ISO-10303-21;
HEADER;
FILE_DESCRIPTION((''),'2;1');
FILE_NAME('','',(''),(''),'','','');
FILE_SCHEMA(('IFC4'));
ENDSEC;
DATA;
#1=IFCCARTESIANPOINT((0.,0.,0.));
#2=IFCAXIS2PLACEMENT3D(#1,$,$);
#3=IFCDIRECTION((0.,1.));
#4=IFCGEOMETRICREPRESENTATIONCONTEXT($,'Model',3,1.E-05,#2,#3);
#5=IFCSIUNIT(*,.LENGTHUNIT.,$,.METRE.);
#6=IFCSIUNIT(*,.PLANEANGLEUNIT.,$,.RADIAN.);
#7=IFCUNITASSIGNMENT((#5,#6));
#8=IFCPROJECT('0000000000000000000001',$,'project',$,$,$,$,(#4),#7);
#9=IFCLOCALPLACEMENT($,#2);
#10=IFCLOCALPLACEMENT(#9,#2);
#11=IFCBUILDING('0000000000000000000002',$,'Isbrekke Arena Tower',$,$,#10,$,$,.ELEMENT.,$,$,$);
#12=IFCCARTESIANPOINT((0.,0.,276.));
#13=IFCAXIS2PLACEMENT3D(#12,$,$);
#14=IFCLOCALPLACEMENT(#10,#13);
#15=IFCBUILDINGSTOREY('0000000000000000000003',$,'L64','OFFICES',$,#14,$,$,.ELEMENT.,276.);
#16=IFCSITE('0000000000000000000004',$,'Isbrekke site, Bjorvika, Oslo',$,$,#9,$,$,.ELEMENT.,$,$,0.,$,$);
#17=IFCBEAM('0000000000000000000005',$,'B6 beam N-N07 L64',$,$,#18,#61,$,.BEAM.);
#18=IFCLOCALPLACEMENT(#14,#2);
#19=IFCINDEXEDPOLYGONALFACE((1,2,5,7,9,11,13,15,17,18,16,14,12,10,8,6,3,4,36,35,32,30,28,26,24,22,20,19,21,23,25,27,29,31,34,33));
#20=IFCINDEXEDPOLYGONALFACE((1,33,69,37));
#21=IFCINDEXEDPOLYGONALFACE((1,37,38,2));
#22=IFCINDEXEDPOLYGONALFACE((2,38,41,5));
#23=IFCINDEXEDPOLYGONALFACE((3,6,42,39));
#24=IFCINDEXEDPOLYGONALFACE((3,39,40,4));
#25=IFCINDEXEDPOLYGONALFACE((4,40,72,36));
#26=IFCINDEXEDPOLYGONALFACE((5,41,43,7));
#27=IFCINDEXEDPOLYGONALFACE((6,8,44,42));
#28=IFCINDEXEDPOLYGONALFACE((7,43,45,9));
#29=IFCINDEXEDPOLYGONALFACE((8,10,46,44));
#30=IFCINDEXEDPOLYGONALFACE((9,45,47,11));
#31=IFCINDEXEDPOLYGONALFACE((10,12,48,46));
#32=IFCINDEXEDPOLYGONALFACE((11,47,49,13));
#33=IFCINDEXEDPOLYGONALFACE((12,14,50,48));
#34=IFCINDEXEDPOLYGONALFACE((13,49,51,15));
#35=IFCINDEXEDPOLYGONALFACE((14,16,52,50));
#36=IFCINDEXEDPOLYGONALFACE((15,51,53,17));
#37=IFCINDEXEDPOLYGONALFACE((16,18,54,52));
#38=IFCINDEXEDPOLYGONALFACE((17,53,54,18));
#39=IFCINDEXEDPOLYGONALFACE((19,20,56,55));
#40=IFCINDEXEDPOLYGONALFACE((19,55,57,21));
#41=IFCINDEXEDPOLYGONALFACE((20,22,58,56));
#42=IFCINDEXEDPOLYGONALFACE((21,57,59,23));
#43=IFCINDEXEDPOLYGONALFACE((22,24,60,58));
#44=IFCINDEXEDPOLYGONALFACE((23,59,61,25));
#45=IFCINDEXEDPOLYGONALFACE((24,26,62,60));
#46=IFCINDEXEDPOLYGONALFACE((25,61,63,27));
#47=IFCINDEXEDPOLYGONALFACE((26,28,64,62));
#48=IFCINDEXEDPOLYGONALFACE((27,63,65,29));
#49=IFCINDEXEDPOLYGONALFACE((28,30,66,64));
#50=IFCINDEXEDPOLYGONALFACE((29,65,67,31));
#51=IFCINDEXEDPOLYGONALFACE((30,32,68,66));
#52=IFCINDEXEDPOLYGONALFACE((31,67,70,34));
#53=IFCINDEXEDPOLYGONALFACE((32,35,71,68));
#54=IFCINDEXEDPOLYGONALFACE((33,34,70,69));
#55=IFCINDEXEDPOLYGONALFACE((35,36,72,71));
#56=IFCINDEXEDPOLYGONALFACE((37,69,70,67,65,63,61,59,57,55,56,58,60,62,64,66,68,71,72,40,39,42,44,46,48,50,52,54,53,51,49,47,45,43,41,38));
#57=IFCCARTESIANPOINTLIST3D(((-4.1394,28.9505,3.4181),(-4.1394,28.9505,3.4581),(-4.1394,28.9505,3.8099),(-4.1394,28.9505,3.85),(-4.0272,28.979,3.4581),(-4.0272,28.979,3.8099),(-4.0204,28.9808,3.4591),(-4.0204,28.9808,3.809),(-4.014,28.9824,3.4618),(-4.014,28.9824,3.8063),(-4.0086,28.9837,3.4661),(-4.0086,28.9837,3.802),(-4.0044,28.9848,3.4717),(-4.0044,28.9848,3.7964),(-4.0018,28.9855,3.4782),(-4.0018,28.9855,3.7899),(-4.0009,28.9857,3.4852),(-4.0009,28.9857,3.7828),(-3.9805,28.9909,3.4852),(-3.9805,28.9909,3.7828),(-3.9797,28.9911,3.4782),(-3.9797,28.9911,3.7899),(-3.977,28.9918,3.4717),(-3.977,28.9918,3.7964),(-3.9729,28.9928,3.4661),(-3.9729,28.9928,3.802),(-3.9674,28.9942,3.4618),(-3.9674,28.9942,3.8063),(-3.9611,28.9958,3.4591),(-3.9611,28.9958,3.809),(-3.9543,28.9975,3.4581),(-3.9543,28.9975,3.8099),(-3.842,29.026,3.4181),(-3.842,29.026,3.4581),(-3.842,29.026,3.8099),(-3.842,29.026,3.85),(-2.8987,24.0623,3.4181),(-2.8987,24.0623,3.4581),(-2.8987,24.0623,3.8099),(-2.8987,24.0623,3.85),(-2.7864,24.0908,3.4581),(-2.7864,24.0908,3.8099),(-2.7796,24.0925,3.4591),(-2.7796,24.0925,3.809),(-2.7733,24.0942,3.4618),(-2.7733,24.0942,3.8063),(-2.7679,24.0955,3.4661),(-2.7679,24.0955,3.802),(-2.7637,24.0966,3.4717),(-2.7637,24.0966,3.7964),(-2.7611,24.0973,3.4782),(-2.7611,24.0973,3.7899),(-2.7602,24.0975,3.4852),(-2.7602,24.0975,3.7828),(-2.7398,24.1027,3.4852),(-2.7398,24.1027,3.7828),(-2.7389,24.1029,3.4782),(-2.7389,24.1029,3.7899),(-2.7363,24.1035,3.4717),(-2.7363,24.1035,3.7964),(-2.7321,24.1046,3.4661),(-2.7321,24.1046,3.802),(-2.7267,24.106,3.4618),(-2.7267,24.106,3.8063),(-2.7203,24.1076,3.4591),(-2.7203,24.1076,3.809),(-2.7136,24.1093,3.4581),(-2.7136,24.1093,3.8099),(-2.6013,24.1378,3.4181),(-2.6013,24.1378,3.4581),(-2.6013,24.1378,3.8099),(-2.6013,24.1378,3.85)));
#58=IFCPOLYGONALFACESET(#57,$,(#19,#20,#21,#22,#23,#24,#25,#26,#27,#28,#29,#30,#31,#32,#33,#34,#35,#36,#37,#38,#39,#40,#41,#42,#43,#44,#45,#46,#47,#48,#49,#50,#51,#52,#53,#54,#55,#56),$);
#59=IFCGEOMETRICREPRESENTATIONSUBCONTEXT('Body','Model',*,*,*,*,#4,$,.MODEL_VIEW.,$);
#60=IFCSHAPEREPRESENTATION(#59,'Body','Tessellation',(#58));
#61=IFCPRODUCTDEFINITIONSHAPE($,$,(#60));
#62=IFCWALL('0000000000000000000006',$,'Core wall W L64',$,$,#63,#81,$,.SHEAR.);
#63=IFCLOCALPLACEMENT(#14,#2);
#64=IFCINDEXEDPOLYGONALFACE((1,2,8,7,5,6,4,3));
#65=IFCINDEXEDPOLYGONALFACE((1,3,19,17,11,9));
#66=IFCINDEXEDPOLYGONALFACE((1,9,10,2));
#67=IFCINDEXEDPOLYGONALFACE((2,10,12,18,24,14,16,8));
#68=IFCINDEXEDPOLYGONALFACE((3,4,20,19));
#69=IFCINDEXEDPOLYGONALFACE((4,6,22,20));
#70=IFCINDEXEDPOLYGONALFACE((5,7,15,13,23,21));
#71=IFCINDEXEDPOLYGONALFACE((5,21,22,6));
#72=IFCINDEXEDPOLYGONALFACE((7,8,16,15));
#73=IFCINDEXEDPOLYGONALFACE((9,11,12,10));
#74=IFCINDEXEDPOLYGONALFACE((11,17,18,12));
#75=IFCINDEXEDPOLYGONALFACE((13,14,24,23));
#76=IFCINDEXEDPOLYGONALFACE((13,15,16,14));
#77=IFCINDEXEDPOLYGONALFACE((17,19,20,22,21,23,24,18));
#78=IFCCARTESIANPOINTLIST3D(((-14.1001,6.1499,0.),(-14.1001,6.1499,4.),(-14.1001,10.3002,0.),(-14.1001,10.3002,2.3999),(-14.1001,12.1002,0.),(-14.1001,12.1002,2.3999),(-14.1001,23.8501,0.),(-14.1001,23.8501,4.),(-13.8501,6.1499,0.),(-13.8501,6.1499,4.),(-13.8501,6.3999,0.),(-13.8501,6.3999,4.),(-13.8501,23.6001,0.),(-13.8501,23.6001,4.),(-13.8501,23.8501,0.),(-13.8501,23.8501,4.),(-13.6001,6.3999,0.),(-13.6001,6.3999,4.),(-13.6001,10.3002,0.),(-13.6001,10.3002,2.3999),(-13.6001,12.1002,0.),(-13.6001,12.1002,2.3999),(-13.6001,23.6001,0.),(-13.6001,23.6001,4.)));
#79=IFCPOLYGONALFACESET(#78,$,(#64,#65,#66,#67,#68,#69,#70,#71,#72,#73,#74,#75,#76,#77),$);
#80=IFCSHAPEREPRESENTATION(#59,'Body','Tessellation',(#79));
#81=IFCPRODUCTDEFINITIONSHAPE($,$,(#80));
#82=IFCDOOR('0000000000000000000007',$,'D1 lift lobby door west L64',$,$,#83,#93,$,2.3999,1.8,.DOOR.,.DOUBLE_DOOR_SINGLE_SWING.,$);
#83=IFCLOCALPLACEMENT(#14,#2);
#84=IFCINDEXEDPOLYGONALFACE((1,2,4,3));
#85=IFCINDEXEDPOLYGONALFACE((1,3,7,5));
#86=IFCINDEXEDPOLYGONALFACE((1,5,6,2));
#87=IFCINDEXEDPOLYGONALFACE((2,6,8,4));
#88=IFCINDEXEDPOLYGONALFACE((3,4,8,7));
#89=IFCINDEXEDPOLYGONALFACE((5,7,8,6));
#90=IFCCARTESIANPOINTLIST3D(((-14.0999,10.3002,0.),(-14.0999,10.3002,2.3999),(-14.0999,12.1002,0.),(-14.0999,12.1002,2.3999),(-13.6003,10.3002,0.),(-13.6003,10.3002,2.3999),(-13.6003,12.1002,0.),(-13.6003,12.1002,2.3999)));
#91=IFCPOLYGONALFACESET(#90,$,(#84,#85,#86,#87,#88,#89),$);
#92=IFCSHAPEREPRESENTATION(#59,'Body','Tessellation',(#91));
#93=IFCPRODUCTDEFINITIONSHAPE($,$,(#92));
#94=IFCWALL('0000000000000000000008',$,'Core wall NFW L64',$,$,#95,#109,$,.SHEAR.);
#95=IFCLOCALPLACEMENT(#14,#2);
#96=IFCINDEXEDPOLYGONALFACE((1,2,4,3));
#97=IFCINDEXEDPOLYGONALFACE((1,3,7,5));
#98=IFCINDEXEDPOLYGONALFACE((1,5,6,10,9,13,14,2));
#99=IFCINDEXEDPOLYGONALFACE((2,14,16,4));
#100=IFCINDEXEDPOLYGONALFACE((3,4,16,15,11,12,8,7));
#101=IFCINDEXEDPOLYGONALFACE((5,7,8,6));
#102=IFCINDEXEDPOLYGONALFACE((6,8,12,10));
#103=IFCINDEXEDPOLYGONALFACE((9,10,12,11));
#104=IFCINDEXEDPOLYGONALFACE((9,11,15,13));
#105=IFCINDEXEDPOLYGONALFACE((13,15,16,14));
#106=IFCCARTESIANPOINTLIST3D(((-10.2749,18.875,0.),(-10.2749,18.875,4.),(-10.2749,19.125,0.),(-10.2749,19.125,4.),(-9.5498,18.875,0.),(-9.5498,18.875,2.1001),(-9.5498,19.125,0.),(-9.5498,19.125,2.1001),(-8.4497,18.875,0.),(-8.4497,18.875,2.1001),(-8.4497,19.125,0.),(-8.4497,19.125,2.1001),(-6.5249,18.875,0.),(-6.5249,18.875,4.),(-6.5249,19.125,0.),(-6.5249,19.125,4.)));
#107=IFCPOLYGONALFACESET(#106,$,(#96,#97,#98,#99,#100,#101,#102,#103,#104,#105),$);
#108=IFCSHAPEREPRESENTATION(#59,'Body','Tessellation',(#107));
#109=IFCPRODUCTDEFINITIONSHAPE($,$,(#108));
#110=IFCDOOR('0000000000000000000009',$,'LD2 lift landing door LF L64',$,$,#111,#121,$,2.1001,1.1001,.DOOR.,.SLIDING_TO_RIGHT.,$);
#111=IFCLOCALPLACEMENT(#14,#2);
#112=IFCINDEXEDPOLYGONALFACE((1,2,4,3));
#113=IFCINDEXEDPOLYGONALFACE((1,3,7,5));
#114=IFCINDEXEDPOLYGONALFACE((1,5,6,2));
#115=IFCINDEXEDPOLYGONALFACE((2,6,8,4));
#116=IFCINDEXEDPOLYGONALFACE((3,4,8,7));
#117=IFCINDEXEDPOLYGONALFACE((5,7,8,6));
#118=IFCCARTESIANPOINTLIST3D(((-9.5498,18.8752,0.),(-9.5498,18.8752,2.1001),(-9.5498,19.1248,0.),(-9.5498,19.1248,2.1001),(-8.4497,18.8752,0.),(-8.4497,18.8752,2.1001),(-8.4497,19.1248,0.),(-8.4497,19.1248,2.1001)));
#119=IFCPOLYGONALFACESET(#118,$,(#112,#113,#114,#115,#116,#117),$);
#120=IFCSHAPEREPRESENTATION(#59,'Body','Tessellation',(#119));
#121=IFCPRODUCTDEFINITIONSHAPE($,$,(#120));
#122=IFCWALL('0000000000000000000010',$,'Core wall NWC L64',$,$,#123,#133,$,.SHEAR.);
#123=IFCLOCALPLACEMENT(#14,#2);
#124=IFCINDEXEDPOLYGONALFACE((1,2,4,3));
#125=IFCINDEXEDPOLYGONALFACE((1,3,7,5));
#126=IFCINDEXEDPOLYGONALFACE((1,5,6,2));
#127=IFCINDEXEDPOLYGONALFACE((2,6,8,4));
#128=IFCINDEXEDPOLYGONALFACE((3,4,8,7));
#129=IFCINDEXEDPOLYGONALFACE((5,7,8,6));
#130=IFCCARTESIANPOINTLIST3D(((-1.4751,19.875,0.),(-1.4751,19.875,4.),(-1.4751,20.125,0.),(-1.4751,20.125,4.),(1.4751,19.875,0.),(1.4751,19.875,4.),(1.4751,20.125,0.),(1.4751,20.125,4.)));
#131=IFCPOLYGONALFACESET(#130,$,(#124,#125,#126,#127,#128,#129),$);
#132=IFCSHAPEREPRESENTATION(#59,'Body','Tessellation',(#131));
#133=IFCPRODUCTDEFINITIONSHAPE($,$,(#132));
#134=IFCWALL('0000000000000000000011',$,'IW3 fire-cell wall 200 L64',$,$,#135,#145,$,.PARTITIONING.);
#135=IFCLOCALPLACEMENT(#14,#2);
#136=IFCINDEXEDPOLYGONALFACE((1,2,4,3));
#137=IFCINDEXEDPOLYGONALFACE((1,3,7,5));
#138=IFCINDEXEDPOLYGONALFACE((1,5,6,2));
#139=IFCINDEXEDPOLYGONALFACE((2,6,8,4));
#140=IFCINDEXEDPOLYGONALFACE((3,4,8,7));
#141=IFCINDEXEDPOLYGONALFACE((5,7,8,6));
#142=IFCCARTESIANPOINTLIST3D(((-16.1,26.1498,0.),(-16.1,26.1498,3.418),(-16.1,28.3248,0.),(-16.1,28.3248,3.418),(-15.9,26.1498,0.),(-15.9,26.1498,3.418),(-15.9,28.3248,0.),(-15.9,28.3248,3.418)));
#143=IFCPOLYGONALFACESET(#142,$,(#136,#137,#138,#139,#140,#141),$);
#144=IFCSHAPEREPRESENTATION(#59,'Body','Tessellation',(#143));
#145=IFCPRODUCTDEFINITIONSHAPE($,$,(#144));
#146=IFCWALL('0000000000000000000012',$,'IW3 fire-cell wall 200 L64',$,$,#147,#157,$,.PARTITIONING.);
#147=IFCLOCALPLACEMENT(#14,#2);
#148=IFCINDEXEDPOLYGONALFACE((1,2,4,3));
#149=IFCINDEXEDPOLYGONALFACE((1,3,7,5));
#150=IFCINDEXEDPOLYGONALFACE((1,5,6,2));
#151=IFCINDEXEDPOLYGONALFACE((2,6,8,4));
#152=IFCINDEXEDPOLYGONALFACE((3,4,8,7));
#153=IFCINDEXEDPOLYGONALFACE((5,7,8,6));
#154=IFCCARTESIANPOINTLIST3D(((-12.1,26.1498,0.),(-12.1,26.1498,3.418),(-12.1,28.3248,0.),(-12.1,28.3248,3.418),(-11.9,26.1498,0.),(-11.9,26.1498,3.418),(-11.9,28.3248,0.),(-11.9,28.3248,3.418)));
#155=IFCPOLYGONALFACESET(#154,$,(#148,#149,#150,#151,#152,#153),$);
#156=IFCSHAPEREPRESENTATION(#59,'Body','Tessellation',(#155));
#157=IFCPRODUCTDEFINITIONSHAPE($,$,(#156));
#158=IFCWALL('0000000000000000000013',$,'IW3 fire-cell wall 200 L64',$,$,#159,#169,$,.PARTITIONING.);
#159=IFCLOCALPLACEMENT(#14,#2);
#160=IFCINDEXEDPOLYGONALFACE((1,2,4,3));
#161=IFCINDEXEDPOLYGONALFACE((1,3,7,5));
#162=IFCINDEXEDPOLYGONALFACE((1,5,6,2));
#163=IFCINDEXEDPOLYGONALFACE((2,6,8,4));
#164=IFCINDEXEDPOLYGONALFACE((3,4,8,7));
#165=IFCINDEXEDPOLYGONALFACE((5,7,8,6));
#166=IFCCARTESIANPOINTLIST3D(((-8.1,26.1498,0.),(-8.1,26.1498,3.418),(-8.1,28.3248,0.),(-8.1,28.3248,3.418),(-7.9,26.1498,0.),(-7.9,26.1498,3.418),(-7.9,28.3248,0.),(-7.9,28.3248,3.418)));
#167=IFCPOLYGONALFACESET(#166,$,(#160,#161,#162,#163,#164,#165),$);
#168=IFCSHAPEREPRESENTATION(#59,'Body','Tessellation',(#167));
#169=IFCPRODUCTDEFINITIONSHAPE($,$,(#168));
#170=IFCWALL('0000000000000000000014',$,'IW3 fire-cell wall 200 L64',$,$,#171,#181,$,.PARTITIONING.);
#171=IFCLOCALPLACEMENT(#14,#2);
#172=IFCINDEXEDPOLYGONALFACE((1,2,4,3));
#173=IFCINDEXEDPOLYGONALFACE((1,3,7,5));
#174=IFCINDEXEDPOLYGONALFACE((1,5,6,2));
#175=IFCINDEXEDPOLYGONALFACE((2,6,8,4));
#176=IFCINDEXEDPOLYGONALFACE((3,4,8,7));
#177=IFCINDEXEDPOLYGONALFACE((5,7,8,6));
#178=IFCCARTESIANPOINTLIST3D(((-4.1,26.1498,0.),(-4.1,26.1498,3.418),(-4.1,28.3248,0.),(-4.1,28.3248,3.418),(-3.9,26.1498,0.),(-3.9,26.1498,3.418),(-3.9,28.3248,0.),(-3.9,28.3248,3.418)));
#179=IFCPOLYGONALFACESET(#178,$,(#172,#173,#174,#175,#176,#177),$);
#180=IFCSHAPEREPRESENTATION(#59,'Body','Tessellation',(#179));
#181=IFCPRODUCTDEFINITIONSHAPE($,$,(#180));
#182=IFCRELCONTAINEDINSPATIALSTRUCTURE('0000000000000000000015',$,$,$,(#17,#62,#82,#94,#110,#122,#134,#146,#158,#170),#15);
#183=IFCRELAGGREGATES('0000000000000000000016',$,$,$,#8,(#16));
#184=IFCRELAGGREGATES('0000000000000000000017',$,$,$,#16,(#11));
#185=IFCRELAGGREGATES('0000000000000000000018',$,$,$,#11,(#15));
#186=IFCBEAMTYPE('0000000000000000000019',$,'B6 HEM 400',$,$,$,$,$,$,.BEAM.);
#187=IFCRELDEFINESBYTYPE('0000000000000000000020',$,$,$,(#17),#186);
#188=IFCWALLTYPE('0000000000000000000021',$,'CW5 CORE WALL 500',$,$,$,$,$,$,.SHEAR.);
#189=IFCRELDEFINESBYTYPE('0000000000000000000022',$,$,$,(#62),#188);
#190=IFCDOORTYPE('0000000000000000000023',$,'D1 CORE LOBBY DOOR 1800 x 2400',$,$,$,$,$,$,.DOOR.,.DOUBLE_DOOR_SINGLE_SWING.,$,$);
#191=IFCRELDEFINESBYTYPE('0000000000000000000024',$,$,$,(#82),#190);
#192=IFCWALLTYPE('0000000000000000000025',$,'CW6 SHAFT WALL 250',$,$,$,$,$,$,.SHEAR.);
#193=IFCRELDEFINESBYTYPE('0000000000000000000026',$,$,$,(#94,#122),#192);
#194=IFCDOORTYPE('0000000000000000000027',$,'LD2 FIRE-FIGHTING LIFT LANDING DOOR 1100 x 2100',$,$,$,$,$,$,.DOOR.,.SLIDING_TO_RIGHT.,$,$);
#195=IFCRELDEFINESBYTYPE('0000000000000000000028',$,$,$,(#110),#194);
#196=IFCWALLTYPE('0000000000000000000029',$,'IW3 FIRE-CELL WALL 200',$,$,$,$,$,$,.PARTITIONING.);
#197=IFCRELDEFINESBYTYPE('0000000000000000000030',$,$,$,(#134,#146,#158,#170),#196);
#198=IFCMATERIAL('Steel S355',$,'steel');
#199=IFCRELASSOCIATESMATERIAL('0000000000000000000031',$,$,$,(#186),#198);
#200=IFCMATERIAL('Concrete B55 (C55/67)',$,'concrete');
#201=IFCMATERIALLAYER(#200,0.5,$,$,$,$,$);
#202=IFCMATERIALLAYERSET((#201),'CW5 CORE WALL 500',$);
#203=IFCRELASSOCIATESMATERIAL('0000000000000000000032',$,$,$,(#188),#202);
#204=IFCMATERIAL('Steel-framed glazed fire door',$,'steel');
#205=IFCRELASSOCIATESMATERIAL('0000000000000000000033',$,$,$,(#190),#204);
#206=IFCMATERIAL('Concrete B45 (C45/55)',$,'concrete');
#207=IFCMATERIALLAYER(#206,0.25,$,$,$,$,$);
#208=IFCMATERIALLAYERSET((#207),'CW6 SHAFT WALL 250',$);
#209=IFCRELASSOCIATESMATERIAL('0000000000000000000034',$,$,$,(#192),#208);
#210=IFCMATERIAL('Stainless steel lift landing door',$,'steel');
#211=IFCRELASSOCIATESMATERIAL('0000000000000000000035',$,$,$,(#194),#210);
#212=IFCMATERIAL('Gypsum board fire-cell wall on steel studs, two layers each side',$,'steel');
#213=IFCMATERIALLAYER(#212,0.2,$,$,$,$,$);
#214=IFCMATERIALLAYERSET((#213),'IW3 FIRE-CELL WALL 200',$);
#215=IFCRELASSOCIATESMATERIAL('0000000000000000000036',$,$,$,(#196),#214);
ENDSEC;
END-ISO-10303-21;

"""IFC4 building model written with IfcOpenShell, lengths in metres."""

from ifc_helpers import new_model, si_unit, direction, frame, frame_2d, origin, origin_2d, place, context, subcontext, project, spatial, polyline, rectangle, i_section, outline, extrude, material, layer, layer_set, material_profile, profile_set, type_object, element, fill, save


model = new_model("IFC4")

# Units and contexts
model_context = context("Model", 3, precision=1e-05, world=origin(), true_north=direction((0.0, 1.0)))
body_context = subcontext(model_context, "Body", "Model", "MODEL_VIEW")
ifc_project = project(units=[si_unit("LENGTHUNIT", "METRE"), si_unit("PLANEANGLEUNIT", "RADIAN")], contexts=[model_context])

# Site, building, storey
site_placement = place(None, origin())
site = spatial("IfcSite", under=ifc_project, at=site_placement, Name="Isbrekke site, Bjorvika, Oslo", CompositionType="ELEMENT", RefElevation=0.0)
building_placement = place(site_placement, origin())
building = spatial("IfcBuilding", under=site, at=building_placement, Name="Isbrekke Arena Tower", CompositionType="ELEMENT")
storey_placement = place(building_placement, frame((0.0, 0.0, 276.0)))
storey = spatial("IfcBuildingStorey", under=building, at=storey_placement, Name="L64", Description="OFFICES", CompositionType="ELEMENT", Elevation=276.0)

# Beam
ifc_material_1 = material(Name="Steel S355", Category="steel")
ifc_material_profile = material_profile(ifc_material_1, i_section(OverallWidth=0.3069, OverallDepth=0.4319, WebThickness=0.021, FlangeThickness=0.04, FilletRadius=0.0271, at=origin_2d()), Name="HEM 400")
ifc_profile_set = profile_set([ifc_material_profile], Name="Steel S355")
beam_type = type_object("IfcBeamType", Name="B6 HEM 400", PredefinedType="BEAM", material=ifc_profile_set)
beam_placement = place(storey_placement, frame((-3.9907, 28.9883, 3.634), z_axis=(0.24602, -0.969265, 0.0), x_axis=(0.969265, 0.24602, 0.0)))
element("IfcBeam", 1, at=beam_placement, inside=storey, type_object=beam_type, Name="B6 beam N-N07 L64", PredefinedType="BEAM", context=body_context, shape_type="SweptSolid", body=[
    extrude(i_section(OverallWidth=0.3069, OverallDepth=0.4319, WebThickness=0.021, FlangeThickness=0.04, FilletRadius=0.0271, at=origin_2d()), origin(), (0.0, 0.0, 1.0), 5.0432),
])

# Walls, openings, doors
ifc_material_2 = material(Name="Concrete B55 (C55/67)", Category="concrete")
ifc_layer_1 = layer(ifc_material_2, 0.5)
ifc_layer_set_1 = layer_set([ifc_layer_1], Name="CW5 CORE WALL 500")
wall_type_1 = type_object("IfcWallType", Name="CW5 CORE WALL 500", PredefinedType="SHEAR", material=ifc_layer_set_1)
wall_1_placement = place(storey_placement, frame((-13.8501, 23.8501, 0.0), z_axis=(0.0, 0.0, 1.0), x_axis=(0.0, -1.0, 0.0)))
wall_1 = element("IfcWall", 2, at=wall_1_placement, inside=storey, type_object=wall_type_1, Name="Core wall W L64", PredefinedType="SHEAR", context=body_context, shape_type="SweptSolid", body=[
    extrude(outline(polyline([(0.0, -0.25), (17.7002, -0.25), (17.7002, 0.0), (17.4502, 0.0), (17.4502, 0.25), (0.25, 0.25), (0.25, 0.0), (0.0, 0.0), (0.0, -0.25)])), origin(), (0.0, 0.0, 1.0), 4.0),
])
opening_1_placement = place(wall_1_placement, frame((11.75, 0.0, 0.0)))
opening_1 = element("IfcOpeningElement", 3, at=opening_1_placement, cuts=wall_1, PredefinedType="OPENING", context=body_context, shape_type="SweptSolid", body=[
    extrude(rectangle(XDim=1.8, YDim=2.3999, at=frame_2d((0.8999, 1.2))), frame((0.0, 0.2649, 0.0), z_axis=(0.0, -1.0, 0.0), x_axis=(1.0, 0.0, 0.0)), (0.0, 0.0, 1.0), 0.5298),
])
ifc_material_3 = material(Name="Steel-framed glazed fire door", Category="steel")
door_type_1 = type_object("IfcDoorType", Name="D1 CORE LOBBY DOOR 1800 x 2400", OperationType="DOUBLE_DOOR_SINGLE_SWING", PredefinedType="DOOR", material=ifc_material_3)
door_1_placement = place(opening_1_placement, origin())
door_1 = element("IfcDoor", 4, at=door_1_placement, inside=storey, type_object=door_type_1, Name="D1 lift lobby door west L64", OperationType="DOUBLE_DOOR_SINGLE_SWING", OverallHeight=2.3999, OverallWidth=1.8, PredefinedType="DOOR", context=body_context, shape_type="SweptSolid", body=[
    extrude(rectangle(XDim=1.8, YDim=2.3999, at=frame_2d((0.8999, 1.2))), frame((0.0, 0.2498, 0.0), z_axis=(0.0, -1.0, 0.0), x_axis=(1.0, 0.0, 0.0)), (0.0, 0.0, 1.0), 0.4995),
])
fill(opening_1, door_1)
ifc_material_4 = material(Name="Concrete B45 (C45/55)", Category="concrete")
ifc_layer_2 = layer(ifc_material_4, 0.25)
ifc_layer_set_2 = layer_set([ifc_layer_2], Name="CW6 SHAFT WALL 250")
wall_type_2 = type_object("IfcWallType", Name="CW6 SHAFT WALL 250", PredefinedType="SHEAR", material=ifc_layer_set_2)
wall_2_placement = place(storey_placement, frame((-10.2749, 19.0, 0.0), z_axis=(0.0, 0.0, 1.0), x_axis=(1.0, 0.0, 0.0)))
wall_2 = element("IfcWall", 5, at=wall_2_placement, inside=storey, type_object=wall_type_2, Name="Core wall NFW L64", PredefinedType="SHEAR", context=body_context, shape_type="SweptSolid", body=[
    extrude(rectangle(XDim=3.75, YDim=0.25, at=frame_2d((1.875, 0.0))), origin(), (0.0, 0.0, 1.0), 4.0),
])
opening_2_placement = place(wall_2_placement, frame((0.7251, 0.0, 0.0)))
opening_2 = element("IfcOpeningElement", 6, at=opening_2_placement, cuts=wall_2, PredefinedType="OPENING", context=body_context, shape_type="SweptSolid", body=[
    extrude(rectangle(XDim=1.1001, YDim=2.1001, at=frame_2d((0.55, 1.05))), frame((0.0, 0.1399, 0.0), z_axis=(0.0, -1.0, 0.0), x_axis=(1.0, 0.0, 0.0)), (0.0, 0.0, 1.0), 0.2798),
])
ifc_material_5 = material(Name="Stainless steel lift landing door", Category="steel")
door_type_2 = type_object("IfcDoorType", Name="LD2 FIRE-FIGHTING LIFT LANDING DOOR 1100 x 2100", OperationType="SLIDING_TO_RIGHT", PredefinedType="DOOR", material=ifc_material_5)
door_2_placement = place(opening_2_placement, origin())
door_2 = element("IfcDoor", 7, at=door_2_placement, inside=storey, type_object=door_type_2, Name="LD2 lift landing door LF L64", OperationType="SLIDING_TO_RIGHT", OverallHeight=2.1001, OverallWidth=1.1001, PredefinedType="DOOR", context=body_context, shape_type="SweptSolid", body=[
    extrude(rectangle(XDim=1.1001, YDim=2.1001, at=frame_2d((0.55, 1.05))), frame((0.0, 0.1248, 0.0), z_axis=(0.0, -1.0, 0.0), x_axis=(1.0, 0.0, 0.0)), (0.0, 0.0, 1.0), 0.2495),
])
fill(opening_2, door_2)

# Walls
wall_3_placement = place(storey_placement, frame((-1.4751, 20.0, 0.0), z_axis=(0.0, 0.0, 1.0), x_axis=(1.0, 0.0, 0.0)))
element("IfcWall", 8, at=wall_3_placement, inside=storey, type_object=wall_type_2, Name="Core wall NWC L64", PredefinedType="SHEAR", context=body_context, shape_type="SweptSolid", body=[
    extrude(rectangle(XDim=2.9502, YDim=0.25, at=frame_2d((1.4751, 0.0))), origin(), (0.0, 0.0, 1.0), 4.0),
])
ifc_material_6 = material(Name="Gypsum board fire-cell wall on steel studs, two layers each side", Category="steel")
ifc_layer_3 = layer(ifc_material_6, 0.2)
ifc_layer_set_3 = layer_set([ifc_layer_3], Name="IW3 FIRE-CELL WALL 200")
wall_type_3 = type_object("IfcWallType", Name="IW3 FIRE-CELL WALL 200", PredefinedType="PARTITIONING", material=ifc_layer_set_3)
for number, where, z_axis, x_axis, name in (
    (9, (-16.0, 26.1499, 0.0), (0.0, 0.0, 1.0), (0.0, 1.0, 0.0), "IW3 fire-cell wall 200 L64"),
    (10, (-12.0, 26.1499, 0.0), (0.0, 0.0, 1.0), (0.0, 1.0, 0.0), "IW3 fire-cell wall 200 L64"),
    (11, (-8.0, 26.1499, 0.0), (0.0, 0.0, 1.0), (0.0, 1.0, 0.0), "IW3 fire-cell wall 200 L64"),
    (12, (-4.0, 26.1499, 0.0), (0.0, 0.0, 1.0), (0.0, 1.0, 0.0), "IW3 fire-cell wall 200 L64"),
):
    element("IfcWall", number, at=place(storey_placement, frame(where, z_axis=z_axis, x_axis=x_axis)), inside=storey, type_object=wall_type_3, Name=name, PredefinedType="PARTITIONING", context=body_context, shape_type="SweptSolid", body=[
        extrude(rectangle(XDim=2.175, YDim=0.2, at=frame_2d((1.0874, 0.0))), origin(), (0.0, 0.0, 1.0), 3.418),
    ])

save(model, "model.ifc")
